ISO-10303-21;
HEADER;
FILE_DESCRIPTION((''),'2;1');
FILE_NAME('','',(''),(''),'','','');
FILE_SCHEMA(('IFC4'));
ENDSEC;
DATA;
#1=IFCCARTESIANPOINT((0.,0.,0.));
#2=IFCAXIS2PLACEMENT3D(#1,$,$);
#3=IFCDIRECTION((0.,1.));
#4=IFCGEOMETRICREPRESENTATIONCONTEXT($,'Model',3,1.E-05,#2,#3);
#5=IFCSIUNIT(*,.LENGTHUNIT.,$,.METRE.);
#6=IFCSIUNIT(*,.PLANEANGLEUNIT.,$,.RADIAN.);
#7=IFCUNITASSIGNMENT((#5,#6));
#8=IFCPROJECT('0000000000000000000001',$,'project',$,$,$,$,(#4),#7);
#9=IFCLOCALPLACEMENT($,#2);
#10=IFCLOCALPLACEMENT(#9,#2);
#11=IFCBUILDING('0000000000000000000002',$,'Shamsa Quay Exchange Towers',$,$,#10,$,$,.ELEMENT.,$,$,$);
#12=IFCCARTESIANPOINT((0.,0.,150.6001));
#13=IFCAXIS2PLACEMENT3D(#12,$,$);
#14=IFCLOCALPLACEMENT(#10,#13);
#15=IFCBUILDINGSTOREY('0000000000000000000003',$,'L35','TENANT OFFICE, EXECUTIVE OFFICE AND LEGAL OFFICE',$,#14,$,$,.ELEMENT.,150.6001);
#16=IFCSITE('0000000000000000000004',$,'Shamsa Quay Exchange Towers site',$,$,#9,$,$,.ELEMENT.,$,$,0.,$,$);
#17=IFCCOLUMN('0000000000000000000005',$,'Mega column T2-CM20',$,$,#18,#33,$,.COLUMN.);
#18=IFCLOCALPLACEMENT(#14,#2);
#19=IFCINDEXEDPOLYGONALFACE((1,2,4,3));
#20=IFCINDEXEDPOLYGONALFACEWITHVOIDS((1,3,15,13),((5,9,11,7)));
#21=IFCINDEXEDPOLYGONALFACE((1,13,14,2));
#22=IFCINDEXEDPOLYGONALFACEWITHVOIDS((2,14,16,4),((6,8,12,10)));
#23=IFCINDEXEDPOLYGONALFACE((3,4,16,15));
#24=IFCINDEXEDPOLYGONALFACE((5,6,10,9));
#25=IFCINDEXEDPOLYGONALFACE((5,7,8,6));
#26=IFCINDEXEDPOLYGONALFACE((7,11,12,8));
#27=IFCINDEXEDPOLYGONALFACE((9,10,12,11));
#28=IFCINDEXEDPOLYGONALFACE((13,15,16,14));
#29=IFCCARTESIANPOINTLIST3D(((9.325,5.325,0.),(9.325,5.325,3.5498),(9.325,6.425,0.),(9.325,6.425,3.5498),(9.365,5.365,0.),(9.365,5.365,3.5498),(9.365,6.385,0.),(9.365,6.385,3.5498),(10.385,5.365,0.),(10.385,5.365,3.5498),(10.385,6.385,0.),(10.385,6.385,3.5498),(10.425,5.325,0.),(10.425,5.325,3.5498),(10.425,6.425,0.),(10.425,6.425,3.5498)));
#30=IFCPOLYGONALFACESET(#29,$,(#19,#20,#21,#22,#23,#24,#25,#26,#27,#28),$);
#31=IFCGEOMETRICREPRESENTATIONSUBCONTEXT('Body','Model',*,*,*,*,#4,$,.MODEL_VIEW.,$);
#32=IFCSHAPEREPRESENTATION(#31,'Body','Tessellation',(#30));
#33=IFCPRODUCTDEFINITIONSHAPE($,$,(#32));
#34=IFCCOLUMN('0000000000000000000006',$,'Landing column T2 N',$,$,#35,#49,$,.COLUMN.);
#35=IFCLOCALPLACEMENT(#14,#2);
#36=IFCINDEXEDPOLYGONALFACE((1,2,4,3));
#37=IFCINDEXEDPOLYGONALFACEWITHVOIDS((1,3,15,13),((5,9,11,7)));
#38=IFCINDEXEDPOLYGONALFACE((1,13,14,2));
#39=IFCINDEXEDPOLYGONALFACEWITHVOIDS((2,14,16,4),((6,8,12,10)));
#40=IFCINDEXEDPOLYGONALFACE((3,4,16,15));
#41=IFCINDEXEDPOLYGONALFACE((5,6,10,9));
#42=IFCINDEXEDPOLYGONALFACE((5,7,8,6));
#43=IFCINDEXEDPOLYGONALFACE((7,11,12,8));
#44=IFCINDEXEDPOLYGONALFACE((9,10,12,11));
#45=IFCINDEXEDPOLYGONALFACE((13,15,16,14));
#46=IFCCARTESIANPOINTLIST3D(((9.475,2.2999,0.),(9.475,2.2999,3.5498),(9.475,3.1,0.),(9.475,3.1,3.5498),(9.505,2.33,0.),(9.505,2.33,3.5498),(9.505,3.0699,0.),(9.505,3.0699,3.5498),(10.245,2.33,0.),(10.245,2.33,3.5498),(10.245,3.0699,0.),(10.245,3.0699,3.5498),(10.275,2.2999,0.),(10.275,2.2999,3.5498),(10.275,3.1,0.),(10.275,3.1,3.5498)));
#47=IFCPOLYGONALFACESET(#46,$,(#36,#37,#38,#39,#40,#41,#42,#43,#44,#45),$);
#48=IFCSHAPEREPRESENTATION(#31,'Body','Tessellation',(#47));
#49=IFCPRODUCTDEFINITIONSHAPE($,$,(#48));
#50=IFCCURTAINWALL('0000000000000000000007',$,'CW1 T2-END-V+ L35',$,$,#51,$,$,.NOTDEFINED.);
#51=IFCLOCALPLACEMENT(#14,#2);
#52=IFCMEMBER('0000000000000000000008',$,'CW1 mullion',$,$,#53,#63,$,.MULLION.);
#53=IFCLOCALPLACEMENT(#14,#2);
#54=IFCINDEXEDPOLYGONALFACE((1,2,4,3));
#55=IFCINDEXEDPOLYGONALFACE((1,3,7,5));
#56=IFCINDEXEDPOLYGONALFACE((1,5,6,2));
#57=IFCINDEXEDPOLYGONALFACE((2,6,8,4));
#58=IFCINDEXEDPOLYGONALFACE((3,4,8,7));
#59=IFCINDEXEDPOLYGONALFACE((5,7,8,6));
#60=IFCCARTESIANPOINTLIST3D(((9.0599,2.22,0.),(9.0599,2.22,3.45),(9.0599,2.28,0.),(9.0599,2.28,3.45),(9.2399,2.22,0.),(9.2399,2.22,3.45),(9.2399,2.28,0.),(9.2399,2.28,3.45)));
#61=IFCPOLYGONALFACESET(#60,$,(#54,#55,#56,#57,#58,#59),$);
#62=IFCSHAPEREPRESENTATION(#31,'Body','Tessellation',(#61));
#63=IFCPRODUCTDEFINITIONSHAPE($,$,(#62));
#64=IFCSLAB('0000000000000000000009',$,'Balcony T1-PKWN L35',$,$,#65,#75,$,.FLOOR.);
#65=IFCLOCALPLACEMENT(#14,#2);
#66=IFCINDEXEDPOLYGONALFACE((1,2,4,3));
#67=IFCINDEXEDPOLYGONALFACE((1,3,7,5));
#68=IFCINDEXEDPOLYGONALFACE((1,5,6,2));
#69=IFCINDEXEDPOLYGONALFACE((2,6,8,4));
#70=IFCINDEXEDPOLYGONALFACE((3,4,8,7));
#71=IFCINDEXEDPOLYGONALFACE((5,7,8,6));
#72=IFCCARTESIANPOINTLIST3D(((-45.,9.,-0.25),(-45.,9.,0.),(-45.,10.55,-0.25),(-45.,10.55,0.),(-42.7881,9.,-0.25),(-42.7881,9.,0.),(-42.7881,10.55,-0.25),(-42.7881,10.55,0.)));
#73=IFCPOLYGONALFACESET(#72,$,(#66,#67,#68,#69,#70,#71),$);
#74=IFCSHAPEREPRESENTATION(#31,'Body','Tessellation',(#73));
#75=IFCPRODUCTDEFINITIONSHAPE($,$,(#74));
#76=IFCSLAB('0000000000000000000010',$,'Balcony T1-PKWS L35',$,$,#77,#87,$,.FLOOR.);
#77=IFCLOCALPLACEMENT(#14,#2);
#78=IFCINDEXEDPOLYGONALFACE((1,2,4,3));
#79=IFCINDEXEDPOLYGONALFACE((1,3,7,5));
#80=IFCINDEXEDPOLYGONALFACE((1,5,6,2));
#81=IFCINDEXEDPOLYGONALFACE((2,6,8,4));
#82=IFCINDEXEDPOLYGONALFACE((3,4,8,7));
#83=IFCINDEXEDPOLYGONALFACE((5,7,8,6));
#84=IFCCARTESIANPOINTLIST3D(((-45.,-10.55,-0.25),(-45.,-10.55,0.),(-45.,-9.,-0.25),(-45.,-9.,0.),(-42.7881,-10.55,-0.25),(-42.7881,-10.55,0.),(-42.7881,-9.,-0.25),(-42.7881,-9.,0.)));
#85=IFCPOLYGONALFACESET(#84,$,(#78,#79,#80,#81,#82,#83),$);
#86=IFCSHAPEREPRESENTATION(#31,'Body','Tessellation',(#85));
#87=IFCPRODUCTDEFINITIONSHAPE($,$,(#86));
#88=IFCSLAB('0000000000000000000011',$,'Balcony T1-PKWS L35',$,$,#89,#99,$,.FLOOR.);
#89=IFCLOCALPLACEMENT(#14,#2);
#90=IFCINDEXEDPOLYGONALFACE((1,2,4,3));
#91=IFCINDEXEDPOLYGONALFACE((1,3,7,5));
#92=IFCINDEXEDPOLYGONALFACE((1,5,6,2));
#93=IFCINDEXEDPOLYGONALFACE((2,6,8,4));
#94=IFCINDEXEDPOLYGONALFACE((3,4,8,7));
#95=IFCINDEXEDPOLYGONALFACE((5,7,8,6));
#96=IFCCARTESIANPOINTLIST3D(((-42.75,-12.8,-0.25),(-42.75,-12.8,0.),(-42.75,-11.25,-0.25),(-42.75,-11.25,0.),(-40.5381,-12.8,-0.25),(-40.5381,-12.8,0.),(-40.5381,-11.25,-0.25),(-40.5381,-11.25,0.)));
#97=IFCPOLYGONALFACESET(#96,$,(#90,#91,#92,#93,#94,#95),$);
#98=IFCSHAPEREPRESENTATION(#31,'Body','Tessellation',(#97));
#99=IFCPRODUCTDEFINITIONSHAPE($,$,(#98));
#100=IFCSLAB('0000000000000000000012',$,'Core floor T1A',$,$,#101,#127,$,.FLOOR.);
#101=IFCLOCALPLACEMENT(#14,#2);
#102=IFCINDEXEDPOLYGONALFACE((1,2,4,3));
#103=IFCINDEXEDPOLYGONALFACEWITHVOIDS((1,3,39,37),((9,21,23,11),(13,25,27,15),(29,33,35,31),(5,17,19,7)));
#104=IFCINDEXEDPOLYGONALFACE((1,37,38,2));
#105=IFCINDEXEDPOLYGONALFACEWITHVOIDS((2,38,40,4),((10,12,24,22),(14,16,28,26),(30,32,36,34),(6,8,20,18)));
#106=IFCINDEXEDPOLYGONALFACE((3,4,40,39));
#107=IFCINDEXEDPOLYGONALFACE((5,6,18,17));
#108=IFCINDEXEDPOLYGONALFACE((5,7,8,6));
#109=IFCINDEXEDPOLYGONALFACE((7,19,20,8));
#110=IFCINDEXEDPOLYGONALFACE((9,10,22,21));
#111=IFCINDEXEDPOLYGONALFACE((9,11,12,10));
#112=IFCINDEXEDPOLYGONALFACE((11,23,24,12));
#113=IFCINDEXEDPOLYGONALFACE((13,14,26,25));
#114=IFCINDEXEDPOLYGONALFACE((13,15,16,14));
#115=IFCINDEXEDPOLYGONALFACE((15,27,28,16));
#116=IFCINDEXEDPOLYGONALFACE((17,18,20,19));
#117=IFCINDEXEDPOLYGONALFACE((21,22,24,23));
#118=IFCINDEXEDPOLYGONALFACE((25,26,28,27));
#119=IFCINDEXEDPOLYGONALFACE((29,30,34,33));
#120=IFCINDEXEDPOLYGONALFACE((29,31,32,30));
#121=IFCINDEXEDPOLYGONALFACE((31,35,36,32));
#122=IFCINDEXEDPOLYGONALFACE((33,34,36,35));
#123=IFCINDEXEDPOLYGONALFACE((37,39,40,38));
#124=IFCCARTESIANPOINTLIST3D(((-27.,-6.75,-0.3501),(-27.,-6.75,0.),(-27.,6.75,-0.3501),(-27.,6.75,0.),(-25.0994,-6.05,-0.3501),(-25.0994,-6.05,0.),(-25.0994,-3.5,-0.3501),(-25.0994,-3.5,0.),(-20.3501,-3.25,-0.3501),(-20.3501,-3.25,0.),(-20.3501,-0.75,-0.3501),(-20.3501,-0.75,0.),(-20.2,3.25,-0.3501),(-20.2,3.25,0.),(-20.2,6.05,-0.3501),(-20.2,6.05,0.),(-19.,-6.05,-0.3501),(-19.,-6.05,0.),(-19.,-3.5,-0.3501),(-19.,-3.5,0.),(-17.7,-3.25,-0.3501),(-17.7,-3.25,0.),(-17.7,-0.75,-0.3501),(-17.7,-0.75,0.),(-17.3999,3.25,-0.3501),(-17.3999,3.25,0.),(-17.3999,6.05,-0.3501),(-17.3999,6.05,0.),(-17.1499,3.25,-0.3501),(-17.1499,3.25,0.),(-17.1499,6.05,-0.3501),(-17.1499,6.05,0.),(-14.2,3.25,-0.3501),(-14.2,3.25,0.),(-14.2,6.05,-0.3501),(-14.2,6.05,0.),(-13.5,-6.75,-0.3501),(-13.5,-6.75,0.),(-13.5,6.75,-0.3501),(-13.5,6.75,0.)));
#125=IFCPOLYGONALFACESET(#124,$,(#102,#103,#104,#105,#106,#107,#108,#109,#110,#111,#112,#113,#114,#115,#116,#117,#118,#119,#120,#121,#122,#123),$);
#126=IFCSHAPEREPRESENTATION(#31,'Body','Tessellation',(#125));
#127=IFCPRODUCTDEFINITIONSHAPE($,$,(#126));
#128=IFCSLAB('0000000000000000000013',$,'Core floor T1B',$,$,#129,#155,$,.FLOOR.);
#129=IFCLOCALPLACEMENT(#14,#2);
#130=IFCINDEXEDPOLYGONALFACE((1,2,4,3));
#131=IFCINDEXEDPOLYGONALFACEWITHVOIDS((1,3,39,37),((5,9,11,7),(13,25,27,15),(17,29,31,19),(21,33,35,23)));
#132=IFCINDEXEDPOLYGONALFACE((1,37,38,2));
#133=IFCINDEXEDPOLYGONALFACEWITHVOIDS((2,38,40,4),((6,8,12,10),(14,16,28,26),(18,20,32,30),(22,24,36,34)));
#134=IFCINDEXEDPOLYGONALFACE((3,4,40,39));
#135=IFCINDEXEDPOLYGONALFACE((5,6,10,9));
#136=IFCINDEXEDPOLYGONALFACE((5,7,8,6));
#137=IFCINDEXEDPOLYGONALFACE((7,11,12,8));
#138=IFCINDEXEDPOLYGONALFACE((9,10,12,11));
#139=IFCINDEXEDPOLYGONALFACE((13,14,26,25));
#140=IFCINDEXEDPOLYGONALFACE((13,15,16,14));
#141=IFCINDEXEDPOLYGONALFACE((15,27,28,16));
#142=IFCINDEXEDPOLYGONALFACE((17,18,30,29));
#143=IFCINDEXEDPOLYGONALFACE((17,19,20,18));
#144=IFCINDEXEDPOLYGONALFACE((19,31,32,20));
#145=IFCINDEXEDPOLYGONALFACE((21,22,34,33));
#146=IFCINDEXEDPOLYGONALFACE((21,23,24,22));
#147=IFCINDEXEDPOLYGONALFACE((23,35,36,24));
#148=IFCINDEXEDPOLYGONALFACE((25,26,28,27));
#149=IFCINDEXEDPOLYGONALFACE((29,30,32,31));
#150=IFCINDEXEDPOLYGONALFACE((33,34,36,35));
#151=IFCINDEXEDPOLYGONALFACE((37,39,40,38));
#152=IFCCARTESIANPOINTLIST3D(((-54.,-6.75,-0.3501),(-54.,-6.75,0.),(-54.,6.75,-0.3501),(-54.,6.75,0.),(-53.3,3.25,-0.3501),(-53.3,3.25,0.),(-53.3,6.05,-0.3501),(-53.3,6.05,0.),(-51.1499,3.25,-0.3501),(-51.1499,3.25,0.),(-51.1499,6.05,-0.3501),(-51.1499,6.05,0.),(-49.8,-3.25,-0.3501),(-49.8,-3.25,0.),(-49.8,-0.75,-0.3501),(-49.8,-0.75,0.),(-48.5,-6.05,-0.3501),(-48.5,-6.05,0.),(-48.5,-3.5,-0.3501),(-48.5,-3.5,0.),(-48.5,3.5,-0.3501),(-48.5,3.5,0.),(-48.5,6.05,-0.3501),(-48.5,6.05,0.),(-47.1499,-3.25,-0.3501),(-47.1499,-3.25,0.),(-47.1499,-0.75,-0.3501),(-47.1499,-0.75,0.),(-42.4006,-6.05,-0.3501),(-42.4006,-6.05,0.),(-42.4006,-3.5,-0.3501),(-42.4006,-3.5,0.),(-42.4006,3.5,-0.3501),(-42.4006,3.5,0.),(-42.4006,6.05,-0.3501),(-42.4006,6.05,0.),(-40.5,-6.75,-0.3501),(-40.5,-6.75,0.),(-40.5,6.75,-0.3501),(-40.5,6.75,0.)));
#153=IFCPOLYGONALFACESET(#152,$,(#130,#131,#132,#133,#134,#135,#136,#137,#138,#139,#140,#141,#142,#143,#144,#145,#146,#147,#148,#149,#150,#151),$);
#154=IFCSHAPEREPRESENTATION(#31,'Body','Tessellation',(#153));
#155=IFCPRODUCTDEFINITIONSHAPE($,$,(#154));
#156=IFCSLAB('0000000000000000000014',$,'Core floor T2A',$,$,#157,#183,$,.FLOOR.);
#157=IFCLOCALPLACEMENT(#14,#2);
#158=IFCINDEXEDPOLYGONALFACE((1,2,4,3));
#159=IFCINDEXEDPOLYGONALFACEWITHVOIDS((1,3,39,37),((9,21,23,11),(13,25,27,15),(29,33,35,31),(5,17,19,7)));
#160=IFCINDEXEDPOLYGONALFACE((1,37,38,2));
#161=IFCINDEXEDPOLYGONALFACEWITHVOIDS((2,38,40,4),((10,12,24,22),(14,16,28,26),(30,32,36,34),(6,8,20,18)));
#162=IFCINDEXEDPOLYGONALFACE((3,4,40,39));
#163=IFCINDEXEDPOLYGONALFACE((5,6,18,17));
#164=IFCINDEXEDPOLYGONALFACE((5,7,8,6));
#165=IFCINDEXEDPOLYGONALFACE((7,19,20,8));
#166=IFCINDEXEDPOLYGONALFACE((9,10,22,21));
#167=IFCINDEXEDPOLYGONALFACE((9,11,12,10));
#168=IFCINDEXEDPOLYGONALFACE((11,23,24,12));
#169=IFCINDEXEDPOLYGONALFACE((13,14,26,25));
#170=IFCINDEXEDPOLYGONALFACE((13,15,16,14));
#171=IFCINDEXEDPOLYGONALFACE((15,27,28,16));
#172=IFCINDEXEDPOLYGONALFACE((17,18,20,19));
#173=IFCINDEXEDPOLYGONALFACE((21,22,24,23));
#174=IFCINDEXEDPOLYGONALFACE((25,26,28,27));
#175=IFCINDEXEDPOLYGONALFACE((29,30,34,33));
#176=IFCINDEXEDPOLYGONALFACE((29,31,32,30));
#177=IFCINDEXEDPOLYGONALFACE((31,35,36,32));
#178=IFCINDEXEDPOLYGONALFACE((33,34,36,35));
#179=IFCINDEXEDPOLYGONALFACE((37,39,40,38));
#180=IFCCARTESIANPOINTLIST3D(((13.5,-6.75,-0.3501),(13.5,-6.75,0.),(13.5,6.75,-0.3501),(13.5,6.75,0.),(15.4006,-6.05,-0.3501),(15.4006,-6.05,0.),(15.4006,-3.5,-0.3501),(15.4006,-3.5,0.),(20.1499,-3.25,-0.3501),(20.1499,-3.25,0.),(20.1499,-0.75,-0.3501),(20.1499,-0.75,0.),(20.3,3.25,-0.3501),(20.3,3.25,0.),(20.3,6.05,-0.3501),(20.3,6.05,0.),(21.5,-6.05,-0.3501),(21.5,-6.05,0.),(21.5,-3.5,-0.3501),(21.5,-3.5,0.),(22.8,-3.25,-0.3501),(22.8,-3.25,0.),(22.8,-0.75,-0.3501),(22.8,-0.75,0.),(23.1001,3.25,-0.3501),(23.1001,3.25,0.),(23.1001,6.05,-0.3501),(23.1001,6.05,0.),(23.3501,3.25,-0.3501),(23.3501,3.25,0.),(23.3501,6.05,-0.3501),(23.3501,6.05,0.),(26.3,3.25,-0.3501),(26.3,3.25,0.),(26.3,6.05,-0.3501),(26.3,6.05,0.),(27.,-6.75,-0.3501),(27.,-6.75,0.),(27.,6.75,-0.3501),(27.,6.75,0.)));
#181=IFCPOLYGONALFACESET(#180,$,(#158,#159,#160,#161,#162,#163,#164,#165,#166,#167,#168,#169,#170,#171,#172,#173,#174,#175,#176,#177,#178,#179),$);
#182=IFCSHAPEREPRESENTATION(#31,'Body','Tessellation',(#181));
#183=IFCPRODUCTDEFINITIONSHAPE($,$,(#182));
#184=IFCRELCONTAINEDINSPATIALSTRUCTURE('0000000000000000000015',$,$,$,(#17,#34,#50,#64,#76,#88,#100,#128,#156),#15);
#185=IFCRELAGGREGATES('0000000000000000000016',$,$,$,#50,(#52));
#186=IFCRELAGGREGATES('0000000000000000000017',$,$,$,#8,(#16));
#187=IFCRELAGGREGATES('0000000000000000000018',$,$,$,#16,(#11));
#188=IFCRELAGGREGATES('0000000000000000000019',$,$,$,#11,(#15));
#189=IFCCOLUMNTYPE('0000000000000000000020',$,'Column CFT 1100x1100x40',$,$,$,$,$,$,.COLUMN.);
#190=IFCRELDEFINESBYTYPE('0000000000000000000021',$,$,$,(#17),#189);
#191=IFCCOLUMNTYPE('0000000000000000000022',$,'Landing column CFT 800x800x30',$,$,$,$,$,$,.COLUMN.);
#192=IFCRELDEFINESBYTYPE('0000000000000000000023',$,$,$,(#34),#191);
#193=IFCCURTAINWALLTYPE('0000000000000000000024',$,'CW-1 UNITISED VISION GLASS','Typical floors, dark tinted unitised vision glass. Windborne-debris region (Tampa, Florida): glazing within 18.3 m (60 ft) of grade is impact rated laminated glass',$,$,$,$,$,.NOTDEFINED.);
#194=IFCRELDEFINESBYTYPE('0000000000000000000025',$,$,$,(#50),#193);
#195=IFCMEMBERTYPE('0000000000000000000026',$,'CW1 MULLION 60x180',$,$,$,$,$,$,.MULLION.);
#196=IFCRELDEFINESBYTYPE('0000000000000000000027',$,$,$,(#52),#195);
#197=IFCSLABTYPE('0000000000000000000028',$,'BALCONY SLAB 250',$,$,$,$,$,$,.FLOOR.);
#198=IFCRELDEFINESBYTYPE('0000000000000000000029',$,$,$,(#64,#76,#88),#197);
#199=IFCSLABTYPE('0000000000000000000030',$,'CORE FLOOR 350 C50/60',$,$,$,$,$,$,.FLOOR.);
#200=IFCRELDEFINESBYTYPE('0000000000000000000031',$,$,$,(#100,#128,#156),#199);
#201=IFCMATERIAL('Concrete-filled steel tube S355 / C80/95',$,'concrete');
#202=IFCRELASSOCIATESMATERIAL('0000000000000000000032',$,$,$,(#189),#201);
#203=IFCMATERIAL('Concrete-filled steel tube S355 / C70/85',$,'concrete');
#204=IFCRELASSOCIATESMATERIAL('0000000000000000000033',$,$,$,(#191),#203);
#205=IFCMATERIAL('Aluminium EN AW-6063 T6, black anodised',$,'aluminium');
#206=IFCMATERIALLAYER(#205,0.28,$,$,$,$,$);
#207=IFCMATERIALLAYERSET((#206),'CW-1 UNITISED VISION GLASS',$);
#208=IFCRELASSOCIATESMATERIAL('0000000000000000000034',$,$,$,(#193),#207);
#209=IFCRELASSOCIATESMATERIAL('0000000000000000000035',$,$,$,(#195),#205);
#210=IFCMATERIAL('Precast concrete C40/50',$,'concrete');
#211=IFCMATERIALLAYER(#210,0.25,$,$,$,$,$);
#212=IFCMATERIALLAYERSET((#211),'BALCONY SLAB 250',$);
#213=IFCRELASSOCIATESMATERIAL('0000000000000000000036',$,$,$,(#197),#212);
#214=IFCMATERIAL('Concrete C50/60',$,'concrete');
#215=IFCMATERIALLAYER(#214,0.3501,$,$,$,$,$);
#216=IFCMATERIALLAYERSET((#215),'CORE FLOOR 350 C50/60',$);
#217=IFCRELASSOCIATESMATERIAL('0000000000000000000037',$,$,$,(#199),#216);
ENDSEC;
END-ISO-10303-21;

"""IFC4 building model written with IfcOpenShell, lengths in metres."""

from ifc_helpers import new_model, si_unit, direction, frame, origin, origin_2d, place, context, subcontext, project, spatial, polyline, rectangle, hollow_rectangle, outline, extrude, material, layer, layer_set, material_profile, profile_set, type_object, element, aggregate, save


model = new_model("IFC4")

# Units and contexts
model_context = context("Model", 3, precision=1e-05, world=origin(), true_north=direction((0.0, 1.0)))
body_context = subcontext(model_context, "Body", "Model", "MODEL_VIEW")
ifc_project = project(units=[si_unit("LENGTHUNIT", "METRE"), si_unit("PLANEANGLEUNIT", "RADIAN")], contexts=[model_context])

# Site, building, storey
site_placement = place(None, origin())
site = spatial("IfcSite", under=ifc_project, at=site_placement, Name="Shamsa Quay Exchange Towers site", CompositionType="ELEMENT", RefElevation=0.0)
building_placement = place(site_placement, origin())
building = spatial("IfcBuilding", under=site, at=building_placement, Name="Shamsa Quay Exchange Towers", CompositionType="ELEMENT")
storey_placement = place(building_placement, frame((0.0, 0.0, 150.6001)))
storey = spatial("IfcBuildingStorey", under=building, at=storey_placement, Name="L35", Description="TENANT OFFICE, EXECUTIVE OFFICE AND LEGAL OFFICE", CompositionType="ELEMENT", Elevation=150.6001)

# Columns
ifc_material_1 = material(Name="Concrete-filled steel tube S355 / C80/95", Category="concrete")
ifc_material_profile_1 = material_profile(ifc_material_1, hollow_rectangle(XDim=1.1001, YDim=1.1001, WallThickness=0.04, at=origin_2d()), Name="CFT 1100x1100x40")
ifc_profile_set_1 = profile_set([ifc_material_profile_1], Name="Concrete-filled steel tube S355 / C80/95")
column_type_1 = type_object("IfcColumnType", Name="Column CFT 1100x1100x40", PredefinedType="COLUMN", material=ifc_profile_set_1)
column_1_placement = place(storey_placement, frame((9.875, 5.875, 0.0)))
element("IfcColumn", 1, at=column_1_placement, inside=storey, type_object=column_type_1, Name="Mega column T2-CM20", PredefinedType="COLUMN", context=body_context, shape_type="SweptSolid", body=[
    extrude(hollow_rectangle(XDim=1.1001, YDim=1.1001, WallThickness=0.04, at=origin_2d()), origin(), (0.0, 0.0, 1.0), 3.5498),
])
ifc_material_2 = material(Name="Concrete-filled steel tube S355 / C70/85", Category="concrete")
ifc_material_profile_2 = material_profile(ifc_material_2, hollow_rectangle(XDim=0.8, YDim=0.8, WallThickness=0.03, at=origin_2d()), Name="CFT 800x800x30")
ifc_profile_set_2 = profile_set([ifc_material_profile_2], Name="Concrete-filled steel tube S355 / C70/85")
column_type_2 = type_object("IfcColumnType", Name="Landing column CFT 800x800x30", PredefinedType="COLUMN", material=ifc_profile_set_2)
column_2_placement = place(storey_placement, frame((9.875, 2.7, 0.0)))
element("IfcColumn", 2, at=column_2_placement, inside=storey, type_object=column_type_2, Name="Landing column T2 N", PredefinedType="COLUMN", context=body_context, shape_type="SweptSolid", body=[
    extrude(hollow_rectangle(XDim=0.8, YDim=0.8, WallThickness=0.03, at=origin_2d()), origin(), (0.0, 0.0, 1.0), 3.5498),
])

# Curtain wall, member
ifc_material_3 = material(Name="Aluminium EN AW-6063 T6, black anodised", Category="aluminium")
ifc_layer_1 = layer(ifc_material_3, 0.28)
ifc_layer_set_1 = layer_set([ifc_layer_1], Name="CW-1 UNITISED VISION GLASS")
curtain_wall_type = type_object("IfcCurtainWallType", Name="CW-1 UNITISED VISION GLASS", Description="Typical floors, dark tinted unitised vision glass. Windborne-debris region (Tampa, Florida): glazing within 18.3 m (60 ft) of grade is impact rated laminated glass", PredefinedType="NOTDEFINED", material=ifc_layer_set_1)
curtain_wall_1_placement = place(storey_placement, origin())
curtain_wall_1 = element("IfcCurtainWall", 3, at=curtain_wall_1_placement, inside=storey, type_object=curtain_wall_type, Name="CW1 T2-END-V+ L35", PredefinedType="NOTDEFINED")
ifc_material_profile_3 = material_profile(ifc_material_3, rectangle(XDim=0.1799, YDim=0.0601, at=origin_2d()), Name="MU60x180")
ifc_profile_set_3 = profile_set([ifc_material_profile_3], Name="Aluminium EN AW-6063 T6, black anodised")
member_type = type_object("IfcMemberType", Name="CW1 MULLION 60x180", PredefinedType="MULLION", material=ifc_profile_set_3)
member_placement = place(storey_placement, frame((9.1499, 2.25, 0.0)))
member = element("IfcMember", 4, at=member_placement, type_object=member_type, Name="CW1 mullion", PredefinedType="MULLION", context=body_context, shape_type="SweptSolid", body=[
    extrude(rectangle(XDim=0.1799, YDim=0.0601, at=origin_2d()), origin(), (0.0, 0.0, 1.0), 3.45),
])

# Slabs
ifc_material_4 = material(Name="Precast concrete C40/50", Category="concrete")
ifc_layer_2 = layer(ifc_material_4, 0.25)
ifc_layer_set_2 = layer_set([ifc_layer_2], Name="BALCONY SLAB 250")
slab_type_1 = type_object("IfcSlabType", Name="BALCONY SLAB 250", PredefinedType="FLOOR", material=ifc_layer_set_2)
slab_1_placement = place(storey_placement, frame((0.0, 0.0, -0.25)))
element("IfcSlab", 5, at=slab_1_placement, inside=storey, type_object=slab_type_1, Name="Balcony T1-PKWN L35", PredefinedType="FLOOR", context=body_context, shape_type="SweptSolid", body=[
    extrude(outline(polyline([(-42.7881, 9.0), (-45.0, 9.0), (-45.0, 10.55), (-42.7881, 10.55), (-42.7881, 9.0)])), origin(), (0.0, 0.0, 1.0), 0.25),
])
slab_2_placement = place(storey_placement, frame((0.0, 0.0, -0.25)))
element("IfcSlab", 6, at=slab_2_placement, inside=storey, type_object=slab_type_1, Name="Balcony T1-PKWS L35", PredefinedType="FLOOR", context=body_context, shape_type="SweptSolid", body=[
    extrude(outline(polyline([(-45.0, -9.0), (-42.7881, -9.0), (-42.7881, -10.55), (-45.0, -10.55), (-45.0, -9.0)])), origin(), (0.0, 0.0, 1.0), 0.25),
])
slab_3_placement = place(storey_placement, frame((0.0, 0.0, -0.25)))
element("IfcSlab", 7, at=slab_3_placement, inside=storey, type_object=slab_type_1, Name="Balcony T1-PKWS L35", PredefinedType="FLOOR", context=body_context, shape_type="SweptSolid", body=[
    extrude(outline(polyline([(-42.75, -11.25), (-40.5381, -11.25), (-40.5381, -12.8), (-42.75, -12.8), (-42.75, -11.25)])), origin(), (0.0, 0.0, 1.0), 0.25),
])
ifc_material_5 = material(Name="Concrete C50/60", Category="concrete")
ifc_layer_3 = layer(ifc_material_5, 0.3501)
ifc_layer_set_3 = layer_set([ifc_layer_3], Name="CORE FLOOR 350 C50/60")
slab_type_2 = type_object("IfcSlabType", Name="CORE FLOOR 350 C50/60", PredefinedType="FLOOR", material=ifc_layer_set_3)
slab_4_placement = place(storey_placement, frame((0.0, 0.0, -0.3501)))
element("IfcSlab", 8, at=slab_4_placement, inside=storey, type_object=slab_type_2, Name="Core floor T1A", PredefinedType="FLOOR", context=body_context, shape_type="SweptSolid", body=[
    extrude(outline(polyline([(-27.0, -6.75), (-13.5, -6.75), (-13.5, 6.75), (-27.0, 6.75), (-27.0, -6.75)]), holes=[polyline([(-25.0994, -6.05), (-25.0994, -3.5), (-19.0, -3.5), (-19.0, -6.05), (-25.0994, -6.05)]), polyline([(-20.2, 3.25), (-20.2, 6.05), (-17.3999, 6.05), (-17.3999, 3.25), (-20.2, 3.25)]), polyline([(-17.1499, 3.25), (-17.1499, 6.05), (-14.2, 6.05), (-14.2, 3.25), (-17.1499, 3.25)]), polyline([(-20.3501, -3.25), (-20.3501, -0.75), (-17.7, -0.75), (-17.7, -3.25), (-20.3501, -3.25)])]), origin(), (0.0, 0.0, 1.0), 0.3501),
])
slab_5_placement = place(storey_placement, frame((0.0, 0.0, -0.3501)))
element("IfcSlab", 9, at=slab_5_placement, inside=storey, type_object=slab_type_2, Name="Core floor T1B", PredefinedType="FLOOR", context=body_context, shape_type="SweptSolid", body=[
    extrude(outline(polyline([(-40.5, -6.75), (-40.5, 6.75), (-54.0, 6.75), (-54.0, -6.75), (-40.5, -6.75)]), holes=[polyline([(-42.4006, -3.5), (-42.4006, -6.05), (-48.5, -6.05), (-48.5, -3.5), (-42.4006, -3.5)]), polyline([(-42.4006, 6.05), (-42.4006, 3.5), (-48.5, 3.5), (-48.5, 6.05), (-42.4006, 6.05)]), polyline([(-51.1499, 3.25), (-53.3, 3.25), (-53.3, 6.05), (-51.1499, 6.05), (-51.1499, 3.25)]), polyline([(-47.1499, -3.25), (-49.8, -3.25), (-49.8, -0.75), (-47.1499, -0.75), (-47.1499, -3.25)])]), origin(), (0.0, 0.0, 1.0), 0.3501),
])
slab_6_placement = place(storey_placement, frame((0.0, 0.0, -0.3501)))
element("IfcSlab", 10, at=slab_6_placement, inside=storey, type_object=slab_type_2, Name="Core floor T2A", PredefinedType="FLOOR", context=body_context, shape_type="SweptSolid", body=[
    extrude(outline(polyline([(13.5, -6.75), (27.0, -6.75), (27.0, 6.75), (13.5, 6.75), (13.5, -6.75)]), holes=[polyline([(15.4006, -6.05), (15.4006, -3.5), (21.5, -3.5), (21.5, -6.05), (15.4006, -6.05)]), polyline([(20.3, 3.25), (20.3, 6.05), (23.1001, 6.05), (23.1001, 3.25), (20.3, 3.25)]), polyline([(23.3501, 3.25), (23.3501, 6.05), (26.3, 6.05), (26.3, 3.25), (23.3501, 3.25)]), polyline([(20.1499, -3.25), (20.1499, -0.75), (22.8, -0.75), (22.8, -3.25), (20.1499, -3.25)])]), origin(), (0.0, 0.0, 1.0), 0.3501),
])

aggregate(curtain_wall_1, [member])

save(model, "model.ifc")
